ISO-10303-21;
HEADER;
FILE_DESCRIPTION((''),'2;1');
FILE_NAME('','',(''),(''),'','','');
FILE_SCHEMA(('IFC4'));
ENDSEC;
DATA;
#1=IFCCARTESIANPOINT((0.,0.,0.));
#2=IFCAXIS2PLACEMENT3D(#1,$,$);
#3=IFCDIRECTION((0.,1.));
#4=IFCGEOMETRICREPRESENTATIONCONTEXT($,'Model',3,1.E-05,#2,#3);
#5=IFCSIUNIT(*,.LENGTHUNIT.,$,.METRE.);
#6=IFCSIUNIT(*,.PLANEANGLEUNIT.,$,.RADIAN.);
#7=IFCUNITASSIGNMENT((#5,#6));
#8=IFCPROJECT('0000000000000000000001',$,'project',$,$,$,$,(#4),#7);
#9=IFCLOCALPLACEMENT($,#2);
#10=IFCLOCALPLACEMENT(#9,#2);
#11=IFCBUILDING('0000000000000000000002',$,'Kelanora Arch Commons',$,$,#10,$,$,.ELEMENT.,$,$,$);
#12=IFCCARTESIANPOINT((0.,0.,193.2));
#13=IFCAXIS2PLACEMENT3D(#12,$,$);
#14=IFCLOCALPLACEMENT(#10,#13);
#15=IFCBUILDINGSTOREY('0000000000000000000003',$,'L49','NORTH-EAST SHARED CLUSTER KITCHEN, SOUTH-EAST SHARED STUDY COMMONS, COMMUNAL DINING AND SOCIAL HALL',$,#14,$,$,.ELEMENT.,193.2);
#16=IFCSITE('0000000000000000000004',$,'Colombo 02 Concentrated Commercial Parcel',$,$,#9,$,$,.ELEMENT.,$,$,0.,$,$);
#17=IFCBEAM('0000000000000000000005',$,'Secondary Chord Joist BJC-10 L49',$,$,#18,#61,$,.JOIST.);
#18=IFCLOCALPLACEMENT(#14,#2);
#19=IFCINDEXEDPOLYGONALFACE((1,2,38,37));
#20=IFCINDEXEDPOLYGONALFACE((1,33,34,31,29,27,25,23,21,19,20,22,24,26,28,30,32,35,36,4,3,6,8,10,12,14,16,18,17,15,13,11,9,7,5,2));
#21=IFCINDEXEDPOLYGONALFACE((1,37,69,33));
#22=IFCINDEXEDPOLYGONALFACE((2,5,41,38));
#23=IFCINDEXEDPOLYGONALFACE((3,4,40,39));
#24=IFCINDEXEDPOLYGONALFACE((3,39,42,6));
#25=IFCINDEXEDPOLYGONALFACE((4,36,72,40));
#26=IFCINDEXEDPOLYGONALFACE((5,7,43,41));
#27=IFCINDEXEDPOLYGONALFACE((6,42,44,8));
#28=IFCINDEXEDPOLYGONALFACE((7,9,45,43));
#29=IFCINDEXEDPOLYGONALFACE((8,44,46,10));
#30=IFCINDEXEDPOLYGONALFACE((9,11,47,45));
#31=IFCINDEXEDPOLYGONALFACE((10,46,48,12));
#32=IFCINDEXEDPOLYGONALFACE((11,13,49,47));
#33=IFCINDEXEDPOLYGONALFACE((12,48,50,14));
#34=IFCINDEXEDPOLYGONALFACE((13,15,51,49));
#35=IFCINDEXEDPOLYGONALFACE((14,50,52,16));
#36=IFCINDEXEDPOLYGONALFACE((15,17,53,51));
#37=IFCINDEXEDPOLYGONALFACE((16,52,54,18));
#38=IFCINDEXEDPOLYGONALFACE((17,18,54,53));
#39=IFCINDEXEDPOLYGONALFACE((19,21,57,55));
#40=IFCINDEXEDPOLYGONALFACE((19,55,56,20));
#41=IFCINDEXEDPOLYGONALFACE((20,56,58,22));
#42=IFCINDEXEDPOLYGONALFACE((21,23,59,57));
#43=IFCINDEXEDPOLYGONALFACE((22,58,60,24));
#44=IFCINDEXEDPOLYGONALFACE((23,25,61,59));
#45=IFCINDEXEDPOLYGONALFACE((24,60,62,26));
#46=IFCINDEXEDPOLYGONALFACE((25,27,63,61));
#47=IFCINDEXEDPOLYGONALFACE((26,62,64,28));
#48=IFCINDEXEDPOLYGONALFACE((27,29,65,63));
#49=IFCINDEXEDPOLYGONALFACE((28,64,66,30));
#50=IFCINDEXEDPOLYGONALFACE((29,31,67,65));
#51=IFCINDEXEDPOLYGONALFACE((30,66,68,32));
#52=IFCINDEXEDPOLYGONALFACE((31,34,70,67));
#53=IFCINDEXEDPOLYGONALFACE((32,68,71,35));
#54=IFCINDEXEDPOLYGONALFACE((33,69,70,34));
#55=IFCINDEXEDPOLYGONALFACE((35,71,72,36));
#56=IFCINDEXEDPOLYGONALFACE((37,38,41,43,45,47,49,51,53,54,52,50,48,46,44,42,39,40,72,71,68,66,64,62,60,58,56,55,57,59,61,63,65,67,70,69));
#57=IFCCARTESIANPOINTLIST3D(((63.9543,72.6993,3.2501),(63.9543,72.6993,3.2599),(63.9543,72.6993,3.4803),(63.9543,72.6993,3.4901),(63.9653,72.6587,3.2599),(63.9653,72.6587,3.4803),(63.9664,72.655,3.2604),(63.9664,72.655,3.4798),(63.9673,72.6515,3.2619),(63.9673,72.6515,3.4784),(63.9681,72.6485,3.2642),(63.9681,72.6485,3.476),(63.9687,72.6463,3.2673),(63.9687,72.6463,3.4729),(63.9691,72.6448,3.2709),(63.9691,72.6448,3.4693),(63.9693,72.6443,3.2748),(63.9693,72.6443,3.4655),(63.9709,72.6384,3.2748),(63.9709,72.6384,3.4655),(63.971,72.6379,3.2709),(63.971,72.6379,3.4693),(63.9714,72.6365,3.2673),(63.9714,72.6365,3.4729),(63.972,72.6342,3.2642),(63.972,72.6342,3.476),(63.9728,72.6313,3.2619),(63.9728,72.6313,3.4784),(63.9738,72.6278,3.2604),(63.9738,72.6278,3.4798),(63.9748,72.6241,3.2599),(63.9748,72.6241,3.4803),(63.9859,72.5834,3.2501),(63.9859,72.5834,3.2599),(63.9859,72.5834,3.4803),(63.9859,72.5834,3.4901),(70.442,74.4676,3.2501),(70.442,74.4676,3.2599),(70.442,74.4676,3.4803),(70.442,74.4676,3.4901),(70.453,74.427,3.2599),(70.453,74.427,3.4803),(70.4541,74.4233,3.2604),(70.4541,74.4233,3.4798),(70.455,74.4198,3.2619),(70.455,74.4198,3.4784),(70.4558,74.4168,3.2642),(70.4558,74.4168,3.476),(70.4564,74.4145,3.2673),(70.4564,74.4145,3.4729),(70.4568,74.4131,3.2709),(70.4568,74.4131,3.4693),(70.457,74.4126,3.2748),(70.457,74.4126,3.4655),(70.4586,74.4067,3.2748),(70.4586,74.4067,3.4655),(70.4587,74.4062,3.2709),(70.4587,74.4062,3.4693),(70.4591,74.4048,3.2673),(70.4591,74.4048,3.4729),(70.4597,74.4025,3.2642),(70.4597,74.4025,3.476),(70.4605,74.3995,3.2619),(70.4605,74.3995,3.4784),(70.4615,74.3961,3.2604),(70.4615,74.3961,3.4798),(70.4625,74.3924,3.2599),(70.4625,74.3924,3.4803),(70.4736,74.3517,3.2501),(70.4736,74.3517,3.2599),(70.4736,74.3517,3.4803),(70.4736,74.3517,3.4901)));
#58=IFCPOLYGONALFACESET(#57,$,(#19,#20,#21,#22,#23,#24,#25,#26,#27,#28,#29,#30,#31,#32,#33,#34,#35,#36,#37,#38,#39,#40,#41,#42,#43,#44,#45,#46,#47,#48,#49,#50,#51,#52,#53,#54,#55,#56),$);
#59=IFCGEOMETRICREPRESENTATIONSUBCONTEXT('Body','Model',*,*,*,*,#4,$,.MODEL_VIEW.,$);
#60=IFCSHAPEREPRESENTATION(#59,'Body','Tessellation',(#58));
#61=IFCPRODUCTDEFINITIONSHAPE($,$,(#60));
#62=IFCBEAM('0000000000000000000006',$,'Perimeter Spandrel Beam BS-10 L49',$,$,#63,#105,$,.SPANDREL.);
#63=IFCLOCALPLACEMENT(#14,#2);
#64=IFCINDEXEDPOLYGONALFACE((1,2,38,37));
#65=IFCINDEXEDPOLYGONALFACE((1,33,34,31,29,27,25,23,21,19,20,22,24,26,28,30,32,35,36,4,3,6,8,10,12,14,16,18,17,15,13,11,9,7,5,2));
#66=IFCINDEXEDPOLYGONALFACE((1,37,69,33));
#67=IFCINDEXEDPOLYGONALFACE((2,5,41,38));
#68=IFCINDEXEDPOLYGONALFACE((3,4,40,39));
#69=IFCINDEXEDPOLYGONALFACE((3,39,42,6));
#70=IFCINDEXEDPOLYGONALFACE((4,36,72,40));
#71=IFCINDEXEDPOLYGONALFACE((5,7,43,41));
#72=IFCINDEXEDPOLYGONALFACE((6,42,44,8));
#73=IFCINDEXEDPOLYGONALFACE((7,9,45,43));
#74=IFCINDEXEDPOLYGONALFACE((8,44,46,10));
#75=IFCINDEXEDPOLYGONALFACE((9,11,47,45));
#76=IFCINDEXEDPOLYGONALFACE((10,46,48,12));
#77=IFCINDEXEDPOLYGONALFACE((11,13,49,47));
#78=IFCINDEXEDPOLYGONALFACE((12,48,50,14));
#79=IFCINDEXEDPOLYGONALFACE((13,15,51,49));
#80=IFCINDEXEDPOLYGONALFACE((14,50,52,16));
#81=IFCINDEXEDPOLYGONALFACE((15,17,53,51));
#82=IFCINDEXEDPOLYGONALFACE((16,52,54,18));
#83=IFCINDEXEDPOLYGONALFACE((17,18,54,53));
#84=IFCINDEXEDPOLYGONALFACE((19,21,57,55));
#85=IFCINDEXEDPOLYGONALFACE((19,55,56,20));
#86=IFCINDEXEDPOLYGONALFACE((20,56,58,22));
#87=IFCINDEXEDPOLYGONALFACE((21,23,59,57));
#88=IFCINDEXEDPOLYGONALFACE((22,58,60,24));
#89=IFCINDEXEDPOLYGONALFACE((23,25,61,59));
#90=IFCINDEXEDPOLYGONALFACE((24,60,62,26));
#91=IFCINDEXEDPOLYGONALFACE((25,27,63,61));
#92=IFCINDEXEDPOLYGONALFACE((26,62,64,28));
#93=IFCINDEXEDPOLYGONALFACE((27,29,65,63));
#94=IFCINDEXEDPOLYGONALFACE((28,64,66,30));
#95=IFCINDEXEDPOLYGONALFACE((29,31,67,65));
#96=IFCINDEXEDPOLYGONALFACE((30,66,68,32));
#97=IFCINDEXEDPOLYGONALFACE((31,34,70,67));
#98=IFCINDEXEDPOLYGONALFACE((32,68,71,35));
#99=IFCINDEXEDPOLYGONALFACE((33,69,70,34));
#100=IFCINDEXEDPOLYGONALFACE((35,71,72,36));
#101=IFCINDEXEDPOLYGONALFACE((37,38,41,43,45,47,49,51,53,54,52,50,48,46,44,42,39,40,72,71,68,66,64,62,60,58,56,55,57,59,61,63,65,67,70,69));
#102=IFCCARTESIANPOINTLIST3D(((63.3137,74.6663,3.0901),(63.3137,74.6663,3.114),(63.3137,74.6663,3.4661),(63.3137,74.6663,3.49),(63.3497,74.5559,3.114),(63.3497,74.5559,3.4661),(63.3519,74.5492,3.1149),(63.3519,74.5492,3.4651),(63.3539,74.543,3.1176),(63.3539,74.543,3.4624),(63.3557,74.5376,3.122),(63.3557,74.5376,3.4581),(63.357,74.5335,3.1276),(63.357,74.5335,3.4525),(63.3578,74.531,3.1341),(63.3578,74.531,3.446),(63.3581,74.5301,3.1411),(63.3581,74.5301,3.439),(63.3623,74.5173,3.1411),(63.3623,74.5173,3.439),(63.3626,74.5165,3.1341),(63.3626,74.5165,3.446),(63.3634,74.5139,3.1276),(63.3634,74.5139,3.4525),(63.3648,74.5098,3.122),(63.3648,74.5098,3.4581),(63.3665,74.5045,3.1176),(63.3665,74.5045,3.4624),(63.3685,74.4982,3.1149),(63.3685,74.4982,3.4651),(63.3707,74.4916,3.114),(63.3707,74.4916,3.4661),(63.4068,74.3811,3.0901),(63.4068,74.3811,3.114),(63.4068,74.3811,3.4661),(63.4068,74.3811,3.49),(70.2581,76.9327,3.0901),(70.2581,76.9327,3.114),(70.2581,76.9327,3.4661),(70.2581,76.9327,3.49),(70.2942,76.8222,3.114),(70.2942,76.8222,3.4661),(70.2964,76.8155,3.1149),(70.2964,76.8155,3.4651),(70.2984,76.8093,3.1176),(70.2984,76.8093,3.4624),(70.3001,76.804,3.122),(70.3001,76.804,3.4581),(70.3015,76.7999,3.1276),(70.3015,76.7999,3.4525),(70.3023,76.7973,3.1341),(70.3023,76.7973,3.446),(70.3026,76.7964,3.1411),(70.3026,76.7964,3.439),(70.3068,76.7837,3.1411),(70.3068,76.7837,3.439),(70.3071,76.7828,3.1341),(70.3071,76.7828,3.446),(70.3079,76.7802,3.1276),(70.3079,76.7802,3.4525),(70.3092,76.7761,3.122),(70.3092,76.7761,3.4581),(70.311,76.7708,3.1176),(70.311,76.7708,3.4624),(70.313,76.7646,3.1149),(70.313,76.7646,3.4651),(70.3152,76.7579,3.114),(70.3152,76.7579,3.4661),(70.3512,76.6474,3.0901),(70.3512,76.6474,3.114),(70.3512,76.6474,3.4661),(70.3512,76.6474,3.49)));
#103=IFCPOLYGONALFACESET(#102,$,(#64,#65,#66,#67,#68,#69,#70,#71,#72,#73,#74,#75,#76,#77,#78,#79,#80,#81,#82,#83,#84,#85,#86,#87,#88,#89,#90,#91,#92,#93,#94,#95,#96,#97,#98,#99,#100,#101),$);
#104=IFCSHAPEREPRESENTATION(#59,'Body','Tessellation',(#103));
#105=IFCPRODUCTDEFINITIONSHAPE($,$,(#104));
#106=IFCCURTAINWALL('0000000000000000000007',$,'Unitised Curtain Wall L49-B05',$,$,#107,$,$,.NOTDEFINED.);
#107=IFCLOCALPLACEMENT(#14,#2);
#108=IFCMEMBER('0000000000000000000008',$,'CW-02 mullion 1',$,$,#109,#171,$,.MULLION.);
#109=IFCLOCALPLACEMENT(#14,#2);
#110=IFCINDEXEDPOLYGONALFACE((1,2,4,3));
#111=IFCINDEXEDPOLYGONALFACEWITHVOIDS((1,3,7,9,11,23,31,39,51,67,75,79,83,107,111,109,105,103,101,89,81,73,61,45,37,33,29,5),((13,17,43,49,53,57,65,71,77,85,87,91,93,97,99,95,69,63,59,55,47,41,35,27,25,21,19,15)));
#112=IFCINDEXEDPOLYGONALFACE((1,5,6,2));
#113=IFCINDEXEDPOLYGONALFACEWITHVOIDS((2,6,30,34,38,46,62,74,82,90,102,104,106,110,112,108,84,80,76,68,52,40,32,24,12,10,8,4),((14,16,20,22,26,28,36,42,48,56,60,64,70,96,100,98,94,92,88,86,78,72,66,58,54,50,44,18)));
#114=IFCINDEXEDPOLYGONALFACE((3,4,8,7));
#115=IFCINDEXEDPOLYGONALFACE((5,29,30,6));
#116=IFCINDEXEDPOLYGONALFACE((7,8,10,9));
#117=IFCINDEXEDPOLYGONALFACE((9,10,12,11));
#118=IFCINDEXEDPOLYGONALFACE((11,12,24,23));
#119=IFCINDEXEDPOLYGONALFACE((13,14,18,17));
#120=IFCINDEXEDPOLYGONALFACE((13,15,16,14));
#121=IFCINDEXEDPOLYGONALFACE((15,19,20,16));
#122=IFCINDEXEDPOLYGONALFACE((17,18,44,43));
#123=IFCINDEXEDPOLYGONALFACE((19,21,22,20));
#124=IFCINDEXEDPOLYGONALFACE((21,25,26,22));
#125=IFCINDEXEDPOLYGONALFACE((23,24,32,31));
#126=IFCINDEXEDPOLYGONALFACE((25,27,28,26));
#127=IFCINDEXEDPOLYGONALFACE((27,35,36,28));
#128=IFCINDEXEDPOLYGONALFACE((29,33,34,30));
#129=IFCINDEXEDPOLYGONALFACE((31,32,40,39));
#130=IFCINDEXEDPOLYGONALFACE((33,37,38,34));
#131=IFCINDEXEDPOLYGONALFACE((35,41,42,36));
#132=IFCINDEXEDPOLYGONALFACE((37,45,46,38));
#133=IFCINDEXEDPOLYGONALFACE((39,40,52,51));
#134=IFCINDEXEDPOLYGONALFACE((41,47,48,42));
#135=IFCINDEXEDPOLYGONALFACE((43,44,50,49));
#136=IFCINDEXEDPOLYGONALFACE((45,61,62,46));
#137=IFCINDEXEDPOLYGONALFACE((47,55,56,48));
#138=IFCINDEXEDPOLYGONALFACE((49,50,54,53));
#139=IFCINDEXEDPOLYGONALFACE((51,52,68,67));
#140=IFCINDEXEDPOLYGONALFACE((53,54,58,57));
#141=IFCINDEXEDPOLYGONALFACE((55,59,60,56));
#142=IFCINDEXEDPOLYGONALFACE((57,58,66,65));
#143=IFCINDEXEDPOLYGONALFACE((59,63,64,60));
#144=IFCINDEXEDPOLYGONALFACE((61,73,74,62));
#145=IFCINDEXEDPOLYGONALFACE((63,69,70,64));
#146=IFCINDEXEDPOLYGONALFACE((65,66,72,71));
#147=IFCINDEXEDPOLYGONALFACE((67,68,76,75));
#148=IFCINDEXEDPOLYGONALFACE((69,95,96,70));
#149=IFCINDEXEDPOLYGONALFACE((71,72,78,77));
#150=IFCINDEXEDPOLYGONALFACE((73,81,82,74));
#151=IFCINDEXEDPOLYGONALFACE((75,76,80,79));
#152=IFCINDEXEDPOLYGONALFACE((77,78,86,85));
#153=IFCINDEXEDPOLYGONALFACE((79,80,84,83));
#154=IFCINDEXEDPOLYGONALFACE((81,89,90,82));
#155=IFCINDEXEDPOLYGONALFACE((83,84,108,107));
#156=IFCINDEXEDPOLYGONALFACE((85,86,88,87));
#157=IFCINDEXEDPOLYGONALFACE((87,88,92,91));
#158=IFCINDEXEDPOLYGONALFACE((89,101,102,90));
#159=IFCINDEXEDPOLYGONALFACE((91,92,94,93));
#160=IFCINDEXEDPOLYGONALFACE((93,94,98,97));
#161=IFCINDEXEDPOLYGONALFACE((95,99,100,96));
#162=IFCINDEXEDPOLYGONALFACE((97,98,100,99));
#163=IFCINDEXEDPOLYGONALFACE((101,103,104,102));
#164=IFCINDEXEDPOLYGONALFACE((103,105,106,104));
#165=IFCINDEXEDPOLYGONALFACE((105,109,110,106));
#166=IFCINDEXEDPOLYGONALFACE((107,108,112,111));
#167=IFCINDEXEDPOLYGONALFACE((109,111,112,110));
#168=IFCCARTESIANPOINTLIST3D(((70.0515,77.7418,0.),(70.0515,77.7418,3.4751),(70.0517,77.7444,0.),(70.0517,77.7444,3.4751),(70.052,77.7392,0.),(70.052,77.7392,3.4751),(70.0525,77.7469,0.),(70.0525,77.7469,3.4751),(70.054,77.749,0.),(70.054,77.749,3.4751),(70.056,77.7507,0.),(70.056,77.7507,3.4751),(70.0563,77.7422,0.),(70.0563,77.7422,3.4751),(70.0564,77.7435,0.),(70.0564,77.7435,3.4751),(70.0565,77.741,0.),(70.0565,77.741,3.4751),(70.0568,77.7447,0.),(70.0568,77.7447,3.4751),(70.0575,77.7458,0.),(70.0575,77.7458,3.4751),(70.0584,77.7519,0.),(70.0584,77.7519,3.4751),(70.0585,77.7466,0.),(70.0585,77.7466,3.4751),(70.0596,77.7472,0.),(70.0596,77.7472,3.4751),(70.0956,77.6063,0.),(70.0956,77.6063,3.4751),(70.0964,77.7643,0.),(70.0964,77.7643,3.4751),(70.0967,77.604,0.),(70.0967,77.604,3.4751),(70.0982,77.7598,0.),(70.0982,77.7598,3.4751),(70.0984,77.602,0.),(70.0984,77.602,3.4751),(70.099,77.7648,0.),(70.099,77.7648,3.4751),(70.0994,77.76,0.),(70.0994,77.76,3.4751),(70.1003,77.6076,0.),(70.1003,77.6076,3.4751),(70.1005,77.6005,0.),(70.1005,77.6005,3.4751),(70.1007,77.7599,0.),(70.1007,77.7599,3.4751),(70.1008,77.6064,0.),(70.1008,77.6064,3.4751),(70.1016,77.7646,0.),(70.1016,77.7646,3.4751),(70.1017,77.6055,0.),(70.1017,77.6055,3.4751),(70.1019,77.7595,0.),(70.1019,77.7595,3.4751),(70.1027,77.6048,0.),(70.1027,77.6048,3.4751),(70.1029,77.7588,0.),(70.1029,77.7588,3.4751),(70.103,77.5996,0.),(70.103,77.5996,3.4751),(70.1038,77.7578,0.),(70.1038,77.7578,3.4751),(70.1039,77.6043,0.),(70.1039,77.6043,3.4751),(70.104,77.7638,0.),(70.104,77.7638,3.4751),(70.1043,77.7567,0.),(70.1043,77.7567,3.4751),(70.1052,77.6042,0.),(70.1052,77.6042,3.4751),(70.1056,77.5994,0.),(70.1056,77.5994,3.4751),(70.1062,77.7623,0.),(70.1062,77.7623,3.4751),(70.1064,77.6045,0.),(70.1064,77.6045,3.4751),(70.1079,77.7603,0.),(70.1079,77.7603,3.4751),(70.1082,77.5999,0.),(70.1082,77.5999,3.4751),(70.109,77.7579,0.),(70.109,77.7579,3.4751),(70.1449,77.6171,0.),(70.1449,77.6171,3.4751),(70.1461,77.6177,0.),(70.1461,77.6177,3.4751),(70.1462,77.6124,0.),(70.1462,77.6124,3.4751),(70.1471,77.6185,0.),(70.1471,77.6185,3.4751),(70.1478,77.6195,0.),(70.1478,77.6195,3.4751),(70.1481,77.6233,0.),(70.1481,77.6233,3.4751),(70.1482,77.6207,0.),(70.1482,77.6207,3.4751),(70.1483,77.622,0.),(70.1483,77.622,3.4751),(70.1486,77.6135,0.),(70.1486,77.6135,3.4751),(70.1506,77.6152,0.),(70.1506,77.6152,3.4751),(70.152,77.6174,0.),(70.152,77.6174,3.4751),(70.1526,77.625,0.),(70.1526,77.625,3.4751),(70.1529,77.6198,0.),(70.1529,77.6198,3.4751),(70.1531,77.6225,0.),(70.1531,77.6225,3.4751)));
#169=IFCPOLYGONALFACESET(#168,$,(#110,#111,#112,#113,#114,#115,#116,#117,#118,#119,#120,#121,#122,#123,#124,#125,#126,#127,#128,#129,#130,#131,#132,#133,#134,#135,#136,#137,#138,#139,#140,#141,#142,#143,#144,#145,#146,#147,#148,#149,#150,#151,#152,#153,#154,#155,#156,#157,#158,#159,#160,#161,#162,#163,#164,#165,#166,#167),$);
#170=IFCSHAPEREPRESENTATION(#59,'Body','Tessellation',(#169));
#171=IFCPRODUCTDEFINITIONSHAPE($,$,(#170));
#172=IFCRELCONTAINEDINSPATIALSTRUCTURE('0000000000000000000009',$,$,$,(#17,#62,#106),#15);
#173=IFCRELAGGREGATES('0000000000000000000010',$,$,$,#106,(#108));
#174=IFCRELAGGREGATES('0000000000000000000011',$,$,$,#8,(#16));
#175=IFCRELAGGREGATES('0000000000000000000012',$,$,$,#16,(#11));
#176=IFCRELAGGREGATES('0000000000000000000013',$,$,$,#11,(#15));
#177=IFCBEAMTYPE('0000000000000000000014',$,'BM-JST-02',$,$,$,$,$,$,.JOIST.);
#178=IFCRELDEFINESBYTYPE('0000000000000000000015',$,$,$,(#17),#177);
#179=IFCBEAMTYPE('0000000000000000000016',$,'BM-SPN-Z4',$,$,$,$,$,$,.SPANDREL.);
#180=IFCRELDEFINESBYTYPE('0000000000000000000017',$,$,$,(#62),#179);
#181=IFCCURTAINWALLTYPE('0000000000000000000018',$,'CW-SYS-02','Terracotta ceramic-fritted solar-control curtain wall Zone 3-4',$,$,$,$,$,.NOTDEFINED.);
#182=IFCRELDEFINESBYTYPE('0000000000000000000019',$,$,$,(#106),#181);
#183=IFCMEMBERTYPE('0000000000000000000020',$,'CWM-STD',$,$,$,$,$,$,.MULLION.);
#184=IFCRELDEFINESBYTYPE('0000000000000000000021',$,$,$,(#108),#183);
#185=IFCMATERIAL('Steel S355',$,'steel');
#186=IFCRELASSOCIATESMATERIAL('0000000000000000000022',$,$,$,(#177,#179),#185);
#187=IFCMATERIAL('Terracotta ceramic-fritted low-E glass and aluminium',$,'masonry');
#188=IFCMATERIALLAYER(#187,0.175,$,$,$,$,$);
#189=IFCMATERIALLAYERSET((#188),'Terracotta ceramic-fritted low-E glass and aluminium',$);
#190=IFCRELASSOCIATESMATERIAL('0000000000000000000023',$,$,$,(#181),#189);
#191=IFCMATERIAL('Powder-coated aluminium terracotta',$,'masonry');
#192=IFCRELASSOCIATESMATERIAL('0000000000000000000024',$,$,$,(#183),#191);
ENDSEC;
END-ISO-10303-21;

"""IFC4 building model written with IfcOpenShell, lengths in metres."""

from ifc_helpers import new_model, si_unit, direction, frame, origin, origin_2d, place, context, subcontext, project, spatial, hollow_rectangle, i_section, extrude, material, layer, layer_set, material_profile, profile_set, type_object, element, aggregate, save


model = new_model("IFC4")

# Units and contexts
model_context = context("Model", 3, precision=1e-05, world=origin(), true_north=direction((0.0, 1.0)))
body_context = subcontext(model_context, "Body", "Model", "MODEL_VIEW")
ifc_project = project(units=[si_unit("LENGTHUNIT", "METRE"), si_unit("PLANEANGLEUNIT", "RADIAN")], contexts=[model_context])

# Site, building, storey
site_placement = place(None, origin())
site = spatial("IfcSite", under=ifc_project, at=site_placement, Name="Colombo 02 Concentrated Commercial Parcel", CompositionType="ELEMENT", RefElevation=0.0)
building_placement = place(site_placement, origin())
building = spatial("IfcBuilding", under=site, at=building_placement, Name="Kelanora Arch Commons", CompositionType="ELEMENT")
storey_placement = place(building_placement, frame((0.0, 0.0, 193.2)))
storey = spatial("IfcBuildingStorey", under=building, at=storey_placement, Name="L49", Description="NORTH-EAST SHARED CLUSTER KITCHEN, SOUTH-EAST SHARED STUDY COMMONS, COMMUNAL DINING AND SOCIAL HALL", CompositionType="ELEMENT", Elevation=193.2)

# Beams
ifc_material_1 = material(Name="Steel S355", Category="steel")
ifc_material_profile_1 = material_profile(ifc_material_1, i_section(OverallWidth=0.1201, OverallDepth=0.24, WebThickness=0.0061, FlangeThickness=0.0098, FilletRadius=0.0149, at=origin_2d()), Name="IPE240")
ifc_profile_set_1 = profile_set([ifc_material_profile_1], Name="Steel S355")
beam_type_1 = type_object("IfcBeamType", Name="BM-JST-02", PredefinedType="JOIST", material=ifc_profile_set_1)
beam_1_placement = place(storey_placement, frame((70.4578, 74.4097, 3.3701), z_axis=(-0.964805, -0.262967, 0.0), x_axis=(0.262967, -0.964805, 0.0)))
element("IfcBeam", 1, at=beam_1_placement, inside=storey, type_object=beam_type_1, Name="Secondary Chord Joist BJC-10 L49", PredefinedType="JOIST", context=body_context, shape_type="SweptSolid", body=[
    extrude(i_section(OverallWidth=0.1201, OverallDepth=0.24, WebThickness=0.0061, FlangeThickness=0.0098, FilletRadius=0.0149, at=origin_2d()), origin(), (0.0, 0.0, 1.0), 6.7244),
])
ifc_material_profile_2 = material_profile(ifc_material_1, i_section(OverallWidth=0.3, OverallDepth=0.3999, WebThickness=0.0134, FlangeThickness=0.0239, FilletRadius=0.0271, at=origin_2d()), Name="HEB400")
ifc_profile_set_2 = profile_set([ifc_material_profile_2], Name="Steel S355")
beam_type_2 = type_object("IfcBeamType", Name="BM-SPN-Z4", PredefinedType="SPANDREL", material=ifc_profile_set_2)
beam_2_placement = place(storey_placement, frame((70.3047, 76.79, 3.29), z_axis=(-0.950656, -0.310246, 0.0), x_axis=(0.310246, -0.950656, 0.0)))
element("IfcBeam", 2, at=beam_2_placement, inside=storey, type_object=beam_type_2, Name="Perimeter Spandrel Beam BS-10 L49", PredefinedType="SPANDREL", context=body_context, shape_type="SweptSolid", body=[
    extrude(i_section(OverallWidth=0.3, OverallDepth=0.3999, WebThickness=0.0134, FlangeThickness=0.0239, FilletRadius=0.0271, at=origin_2d()), origin(), (0.0, 0.0, 1.0), 7.3049),
])

# Curtain wall, member
ifc_material_2 = material(Name="Terracotta ceramic-fritted low-E glass and aluminium", Category="masonry")
ifc_layer_1 = layer(ifc_material_2, 0.175)
ifc_layer_set_1 = layer_set([ifc_layer_1], Name="Terracotta ceramic-fritted low-E glass and aluminium")
curtain_wall_type = type_object("IfcCurtainWallType", Name="CW-SYS-02", Description="Terracotta ceramic-fritted solar-control curtain wall Zone 3-4", PredefinedType="NOTDEFINED", material=ifc_layer_set_1)
curtain_wall_placement = place(storey_placement, origin())
curtain_wall = element("IfcCurtainWall", 3, at=curtain_wall_placement, inside=storey, type_object=curtain_wall_type, Name="Unitised Curtain Wall L49-B05", PredefinedType="NOTDEFINED")
ifc_material_3 = material(Name="Powder-coated aluminium terracotta", Category="masonry")
ifc_material_profile_3 = material_profile(ifc_material_3, hollow_rectangle(XDim=0.1599, YDim=0.0601, WallThickness=0.0049, InnerFilletRadius=0.0049, OuterFilletRadius=0.01, at=origin_2d()), Name="CWM160x60")
ifc_profile_set_3 = profile_set([ifc_material_profile_3], Name="Powder-coated aluminium terracotta")
member_type_1 = type_object("IfcMemberType", Name="CWM-STD", PredefinedType="MULLION", material=ifc_profile_set_3)
member_1_placement = place(storey_placement, frame((70.1023, 77.6821, 0.0), z_axis=(0.0, 0.0, 1.0), x_axis=(0.311582, -0.950219, 0.0)))
member_1 = element("IfcMember", 4, at=member_1_placement, type_object=member_type_1, Name="CW-02 mullion 1", PredefinedType="MULLION", context=body_context, shape_type="SweptSolid", body=[
    extrude(hollow_rectangle(XDim=0.1599, YDim=0.0601, WallThickness=0.0049, InnerFilletRadius=0.0049, OuterFilletRadius=0.01, at=origin_2d()), origin(), (0.0, 0.0, 1.0), 3.4751),
])
aggregate(curtain_wall, [member_1])

save(model, "model.ifc")
